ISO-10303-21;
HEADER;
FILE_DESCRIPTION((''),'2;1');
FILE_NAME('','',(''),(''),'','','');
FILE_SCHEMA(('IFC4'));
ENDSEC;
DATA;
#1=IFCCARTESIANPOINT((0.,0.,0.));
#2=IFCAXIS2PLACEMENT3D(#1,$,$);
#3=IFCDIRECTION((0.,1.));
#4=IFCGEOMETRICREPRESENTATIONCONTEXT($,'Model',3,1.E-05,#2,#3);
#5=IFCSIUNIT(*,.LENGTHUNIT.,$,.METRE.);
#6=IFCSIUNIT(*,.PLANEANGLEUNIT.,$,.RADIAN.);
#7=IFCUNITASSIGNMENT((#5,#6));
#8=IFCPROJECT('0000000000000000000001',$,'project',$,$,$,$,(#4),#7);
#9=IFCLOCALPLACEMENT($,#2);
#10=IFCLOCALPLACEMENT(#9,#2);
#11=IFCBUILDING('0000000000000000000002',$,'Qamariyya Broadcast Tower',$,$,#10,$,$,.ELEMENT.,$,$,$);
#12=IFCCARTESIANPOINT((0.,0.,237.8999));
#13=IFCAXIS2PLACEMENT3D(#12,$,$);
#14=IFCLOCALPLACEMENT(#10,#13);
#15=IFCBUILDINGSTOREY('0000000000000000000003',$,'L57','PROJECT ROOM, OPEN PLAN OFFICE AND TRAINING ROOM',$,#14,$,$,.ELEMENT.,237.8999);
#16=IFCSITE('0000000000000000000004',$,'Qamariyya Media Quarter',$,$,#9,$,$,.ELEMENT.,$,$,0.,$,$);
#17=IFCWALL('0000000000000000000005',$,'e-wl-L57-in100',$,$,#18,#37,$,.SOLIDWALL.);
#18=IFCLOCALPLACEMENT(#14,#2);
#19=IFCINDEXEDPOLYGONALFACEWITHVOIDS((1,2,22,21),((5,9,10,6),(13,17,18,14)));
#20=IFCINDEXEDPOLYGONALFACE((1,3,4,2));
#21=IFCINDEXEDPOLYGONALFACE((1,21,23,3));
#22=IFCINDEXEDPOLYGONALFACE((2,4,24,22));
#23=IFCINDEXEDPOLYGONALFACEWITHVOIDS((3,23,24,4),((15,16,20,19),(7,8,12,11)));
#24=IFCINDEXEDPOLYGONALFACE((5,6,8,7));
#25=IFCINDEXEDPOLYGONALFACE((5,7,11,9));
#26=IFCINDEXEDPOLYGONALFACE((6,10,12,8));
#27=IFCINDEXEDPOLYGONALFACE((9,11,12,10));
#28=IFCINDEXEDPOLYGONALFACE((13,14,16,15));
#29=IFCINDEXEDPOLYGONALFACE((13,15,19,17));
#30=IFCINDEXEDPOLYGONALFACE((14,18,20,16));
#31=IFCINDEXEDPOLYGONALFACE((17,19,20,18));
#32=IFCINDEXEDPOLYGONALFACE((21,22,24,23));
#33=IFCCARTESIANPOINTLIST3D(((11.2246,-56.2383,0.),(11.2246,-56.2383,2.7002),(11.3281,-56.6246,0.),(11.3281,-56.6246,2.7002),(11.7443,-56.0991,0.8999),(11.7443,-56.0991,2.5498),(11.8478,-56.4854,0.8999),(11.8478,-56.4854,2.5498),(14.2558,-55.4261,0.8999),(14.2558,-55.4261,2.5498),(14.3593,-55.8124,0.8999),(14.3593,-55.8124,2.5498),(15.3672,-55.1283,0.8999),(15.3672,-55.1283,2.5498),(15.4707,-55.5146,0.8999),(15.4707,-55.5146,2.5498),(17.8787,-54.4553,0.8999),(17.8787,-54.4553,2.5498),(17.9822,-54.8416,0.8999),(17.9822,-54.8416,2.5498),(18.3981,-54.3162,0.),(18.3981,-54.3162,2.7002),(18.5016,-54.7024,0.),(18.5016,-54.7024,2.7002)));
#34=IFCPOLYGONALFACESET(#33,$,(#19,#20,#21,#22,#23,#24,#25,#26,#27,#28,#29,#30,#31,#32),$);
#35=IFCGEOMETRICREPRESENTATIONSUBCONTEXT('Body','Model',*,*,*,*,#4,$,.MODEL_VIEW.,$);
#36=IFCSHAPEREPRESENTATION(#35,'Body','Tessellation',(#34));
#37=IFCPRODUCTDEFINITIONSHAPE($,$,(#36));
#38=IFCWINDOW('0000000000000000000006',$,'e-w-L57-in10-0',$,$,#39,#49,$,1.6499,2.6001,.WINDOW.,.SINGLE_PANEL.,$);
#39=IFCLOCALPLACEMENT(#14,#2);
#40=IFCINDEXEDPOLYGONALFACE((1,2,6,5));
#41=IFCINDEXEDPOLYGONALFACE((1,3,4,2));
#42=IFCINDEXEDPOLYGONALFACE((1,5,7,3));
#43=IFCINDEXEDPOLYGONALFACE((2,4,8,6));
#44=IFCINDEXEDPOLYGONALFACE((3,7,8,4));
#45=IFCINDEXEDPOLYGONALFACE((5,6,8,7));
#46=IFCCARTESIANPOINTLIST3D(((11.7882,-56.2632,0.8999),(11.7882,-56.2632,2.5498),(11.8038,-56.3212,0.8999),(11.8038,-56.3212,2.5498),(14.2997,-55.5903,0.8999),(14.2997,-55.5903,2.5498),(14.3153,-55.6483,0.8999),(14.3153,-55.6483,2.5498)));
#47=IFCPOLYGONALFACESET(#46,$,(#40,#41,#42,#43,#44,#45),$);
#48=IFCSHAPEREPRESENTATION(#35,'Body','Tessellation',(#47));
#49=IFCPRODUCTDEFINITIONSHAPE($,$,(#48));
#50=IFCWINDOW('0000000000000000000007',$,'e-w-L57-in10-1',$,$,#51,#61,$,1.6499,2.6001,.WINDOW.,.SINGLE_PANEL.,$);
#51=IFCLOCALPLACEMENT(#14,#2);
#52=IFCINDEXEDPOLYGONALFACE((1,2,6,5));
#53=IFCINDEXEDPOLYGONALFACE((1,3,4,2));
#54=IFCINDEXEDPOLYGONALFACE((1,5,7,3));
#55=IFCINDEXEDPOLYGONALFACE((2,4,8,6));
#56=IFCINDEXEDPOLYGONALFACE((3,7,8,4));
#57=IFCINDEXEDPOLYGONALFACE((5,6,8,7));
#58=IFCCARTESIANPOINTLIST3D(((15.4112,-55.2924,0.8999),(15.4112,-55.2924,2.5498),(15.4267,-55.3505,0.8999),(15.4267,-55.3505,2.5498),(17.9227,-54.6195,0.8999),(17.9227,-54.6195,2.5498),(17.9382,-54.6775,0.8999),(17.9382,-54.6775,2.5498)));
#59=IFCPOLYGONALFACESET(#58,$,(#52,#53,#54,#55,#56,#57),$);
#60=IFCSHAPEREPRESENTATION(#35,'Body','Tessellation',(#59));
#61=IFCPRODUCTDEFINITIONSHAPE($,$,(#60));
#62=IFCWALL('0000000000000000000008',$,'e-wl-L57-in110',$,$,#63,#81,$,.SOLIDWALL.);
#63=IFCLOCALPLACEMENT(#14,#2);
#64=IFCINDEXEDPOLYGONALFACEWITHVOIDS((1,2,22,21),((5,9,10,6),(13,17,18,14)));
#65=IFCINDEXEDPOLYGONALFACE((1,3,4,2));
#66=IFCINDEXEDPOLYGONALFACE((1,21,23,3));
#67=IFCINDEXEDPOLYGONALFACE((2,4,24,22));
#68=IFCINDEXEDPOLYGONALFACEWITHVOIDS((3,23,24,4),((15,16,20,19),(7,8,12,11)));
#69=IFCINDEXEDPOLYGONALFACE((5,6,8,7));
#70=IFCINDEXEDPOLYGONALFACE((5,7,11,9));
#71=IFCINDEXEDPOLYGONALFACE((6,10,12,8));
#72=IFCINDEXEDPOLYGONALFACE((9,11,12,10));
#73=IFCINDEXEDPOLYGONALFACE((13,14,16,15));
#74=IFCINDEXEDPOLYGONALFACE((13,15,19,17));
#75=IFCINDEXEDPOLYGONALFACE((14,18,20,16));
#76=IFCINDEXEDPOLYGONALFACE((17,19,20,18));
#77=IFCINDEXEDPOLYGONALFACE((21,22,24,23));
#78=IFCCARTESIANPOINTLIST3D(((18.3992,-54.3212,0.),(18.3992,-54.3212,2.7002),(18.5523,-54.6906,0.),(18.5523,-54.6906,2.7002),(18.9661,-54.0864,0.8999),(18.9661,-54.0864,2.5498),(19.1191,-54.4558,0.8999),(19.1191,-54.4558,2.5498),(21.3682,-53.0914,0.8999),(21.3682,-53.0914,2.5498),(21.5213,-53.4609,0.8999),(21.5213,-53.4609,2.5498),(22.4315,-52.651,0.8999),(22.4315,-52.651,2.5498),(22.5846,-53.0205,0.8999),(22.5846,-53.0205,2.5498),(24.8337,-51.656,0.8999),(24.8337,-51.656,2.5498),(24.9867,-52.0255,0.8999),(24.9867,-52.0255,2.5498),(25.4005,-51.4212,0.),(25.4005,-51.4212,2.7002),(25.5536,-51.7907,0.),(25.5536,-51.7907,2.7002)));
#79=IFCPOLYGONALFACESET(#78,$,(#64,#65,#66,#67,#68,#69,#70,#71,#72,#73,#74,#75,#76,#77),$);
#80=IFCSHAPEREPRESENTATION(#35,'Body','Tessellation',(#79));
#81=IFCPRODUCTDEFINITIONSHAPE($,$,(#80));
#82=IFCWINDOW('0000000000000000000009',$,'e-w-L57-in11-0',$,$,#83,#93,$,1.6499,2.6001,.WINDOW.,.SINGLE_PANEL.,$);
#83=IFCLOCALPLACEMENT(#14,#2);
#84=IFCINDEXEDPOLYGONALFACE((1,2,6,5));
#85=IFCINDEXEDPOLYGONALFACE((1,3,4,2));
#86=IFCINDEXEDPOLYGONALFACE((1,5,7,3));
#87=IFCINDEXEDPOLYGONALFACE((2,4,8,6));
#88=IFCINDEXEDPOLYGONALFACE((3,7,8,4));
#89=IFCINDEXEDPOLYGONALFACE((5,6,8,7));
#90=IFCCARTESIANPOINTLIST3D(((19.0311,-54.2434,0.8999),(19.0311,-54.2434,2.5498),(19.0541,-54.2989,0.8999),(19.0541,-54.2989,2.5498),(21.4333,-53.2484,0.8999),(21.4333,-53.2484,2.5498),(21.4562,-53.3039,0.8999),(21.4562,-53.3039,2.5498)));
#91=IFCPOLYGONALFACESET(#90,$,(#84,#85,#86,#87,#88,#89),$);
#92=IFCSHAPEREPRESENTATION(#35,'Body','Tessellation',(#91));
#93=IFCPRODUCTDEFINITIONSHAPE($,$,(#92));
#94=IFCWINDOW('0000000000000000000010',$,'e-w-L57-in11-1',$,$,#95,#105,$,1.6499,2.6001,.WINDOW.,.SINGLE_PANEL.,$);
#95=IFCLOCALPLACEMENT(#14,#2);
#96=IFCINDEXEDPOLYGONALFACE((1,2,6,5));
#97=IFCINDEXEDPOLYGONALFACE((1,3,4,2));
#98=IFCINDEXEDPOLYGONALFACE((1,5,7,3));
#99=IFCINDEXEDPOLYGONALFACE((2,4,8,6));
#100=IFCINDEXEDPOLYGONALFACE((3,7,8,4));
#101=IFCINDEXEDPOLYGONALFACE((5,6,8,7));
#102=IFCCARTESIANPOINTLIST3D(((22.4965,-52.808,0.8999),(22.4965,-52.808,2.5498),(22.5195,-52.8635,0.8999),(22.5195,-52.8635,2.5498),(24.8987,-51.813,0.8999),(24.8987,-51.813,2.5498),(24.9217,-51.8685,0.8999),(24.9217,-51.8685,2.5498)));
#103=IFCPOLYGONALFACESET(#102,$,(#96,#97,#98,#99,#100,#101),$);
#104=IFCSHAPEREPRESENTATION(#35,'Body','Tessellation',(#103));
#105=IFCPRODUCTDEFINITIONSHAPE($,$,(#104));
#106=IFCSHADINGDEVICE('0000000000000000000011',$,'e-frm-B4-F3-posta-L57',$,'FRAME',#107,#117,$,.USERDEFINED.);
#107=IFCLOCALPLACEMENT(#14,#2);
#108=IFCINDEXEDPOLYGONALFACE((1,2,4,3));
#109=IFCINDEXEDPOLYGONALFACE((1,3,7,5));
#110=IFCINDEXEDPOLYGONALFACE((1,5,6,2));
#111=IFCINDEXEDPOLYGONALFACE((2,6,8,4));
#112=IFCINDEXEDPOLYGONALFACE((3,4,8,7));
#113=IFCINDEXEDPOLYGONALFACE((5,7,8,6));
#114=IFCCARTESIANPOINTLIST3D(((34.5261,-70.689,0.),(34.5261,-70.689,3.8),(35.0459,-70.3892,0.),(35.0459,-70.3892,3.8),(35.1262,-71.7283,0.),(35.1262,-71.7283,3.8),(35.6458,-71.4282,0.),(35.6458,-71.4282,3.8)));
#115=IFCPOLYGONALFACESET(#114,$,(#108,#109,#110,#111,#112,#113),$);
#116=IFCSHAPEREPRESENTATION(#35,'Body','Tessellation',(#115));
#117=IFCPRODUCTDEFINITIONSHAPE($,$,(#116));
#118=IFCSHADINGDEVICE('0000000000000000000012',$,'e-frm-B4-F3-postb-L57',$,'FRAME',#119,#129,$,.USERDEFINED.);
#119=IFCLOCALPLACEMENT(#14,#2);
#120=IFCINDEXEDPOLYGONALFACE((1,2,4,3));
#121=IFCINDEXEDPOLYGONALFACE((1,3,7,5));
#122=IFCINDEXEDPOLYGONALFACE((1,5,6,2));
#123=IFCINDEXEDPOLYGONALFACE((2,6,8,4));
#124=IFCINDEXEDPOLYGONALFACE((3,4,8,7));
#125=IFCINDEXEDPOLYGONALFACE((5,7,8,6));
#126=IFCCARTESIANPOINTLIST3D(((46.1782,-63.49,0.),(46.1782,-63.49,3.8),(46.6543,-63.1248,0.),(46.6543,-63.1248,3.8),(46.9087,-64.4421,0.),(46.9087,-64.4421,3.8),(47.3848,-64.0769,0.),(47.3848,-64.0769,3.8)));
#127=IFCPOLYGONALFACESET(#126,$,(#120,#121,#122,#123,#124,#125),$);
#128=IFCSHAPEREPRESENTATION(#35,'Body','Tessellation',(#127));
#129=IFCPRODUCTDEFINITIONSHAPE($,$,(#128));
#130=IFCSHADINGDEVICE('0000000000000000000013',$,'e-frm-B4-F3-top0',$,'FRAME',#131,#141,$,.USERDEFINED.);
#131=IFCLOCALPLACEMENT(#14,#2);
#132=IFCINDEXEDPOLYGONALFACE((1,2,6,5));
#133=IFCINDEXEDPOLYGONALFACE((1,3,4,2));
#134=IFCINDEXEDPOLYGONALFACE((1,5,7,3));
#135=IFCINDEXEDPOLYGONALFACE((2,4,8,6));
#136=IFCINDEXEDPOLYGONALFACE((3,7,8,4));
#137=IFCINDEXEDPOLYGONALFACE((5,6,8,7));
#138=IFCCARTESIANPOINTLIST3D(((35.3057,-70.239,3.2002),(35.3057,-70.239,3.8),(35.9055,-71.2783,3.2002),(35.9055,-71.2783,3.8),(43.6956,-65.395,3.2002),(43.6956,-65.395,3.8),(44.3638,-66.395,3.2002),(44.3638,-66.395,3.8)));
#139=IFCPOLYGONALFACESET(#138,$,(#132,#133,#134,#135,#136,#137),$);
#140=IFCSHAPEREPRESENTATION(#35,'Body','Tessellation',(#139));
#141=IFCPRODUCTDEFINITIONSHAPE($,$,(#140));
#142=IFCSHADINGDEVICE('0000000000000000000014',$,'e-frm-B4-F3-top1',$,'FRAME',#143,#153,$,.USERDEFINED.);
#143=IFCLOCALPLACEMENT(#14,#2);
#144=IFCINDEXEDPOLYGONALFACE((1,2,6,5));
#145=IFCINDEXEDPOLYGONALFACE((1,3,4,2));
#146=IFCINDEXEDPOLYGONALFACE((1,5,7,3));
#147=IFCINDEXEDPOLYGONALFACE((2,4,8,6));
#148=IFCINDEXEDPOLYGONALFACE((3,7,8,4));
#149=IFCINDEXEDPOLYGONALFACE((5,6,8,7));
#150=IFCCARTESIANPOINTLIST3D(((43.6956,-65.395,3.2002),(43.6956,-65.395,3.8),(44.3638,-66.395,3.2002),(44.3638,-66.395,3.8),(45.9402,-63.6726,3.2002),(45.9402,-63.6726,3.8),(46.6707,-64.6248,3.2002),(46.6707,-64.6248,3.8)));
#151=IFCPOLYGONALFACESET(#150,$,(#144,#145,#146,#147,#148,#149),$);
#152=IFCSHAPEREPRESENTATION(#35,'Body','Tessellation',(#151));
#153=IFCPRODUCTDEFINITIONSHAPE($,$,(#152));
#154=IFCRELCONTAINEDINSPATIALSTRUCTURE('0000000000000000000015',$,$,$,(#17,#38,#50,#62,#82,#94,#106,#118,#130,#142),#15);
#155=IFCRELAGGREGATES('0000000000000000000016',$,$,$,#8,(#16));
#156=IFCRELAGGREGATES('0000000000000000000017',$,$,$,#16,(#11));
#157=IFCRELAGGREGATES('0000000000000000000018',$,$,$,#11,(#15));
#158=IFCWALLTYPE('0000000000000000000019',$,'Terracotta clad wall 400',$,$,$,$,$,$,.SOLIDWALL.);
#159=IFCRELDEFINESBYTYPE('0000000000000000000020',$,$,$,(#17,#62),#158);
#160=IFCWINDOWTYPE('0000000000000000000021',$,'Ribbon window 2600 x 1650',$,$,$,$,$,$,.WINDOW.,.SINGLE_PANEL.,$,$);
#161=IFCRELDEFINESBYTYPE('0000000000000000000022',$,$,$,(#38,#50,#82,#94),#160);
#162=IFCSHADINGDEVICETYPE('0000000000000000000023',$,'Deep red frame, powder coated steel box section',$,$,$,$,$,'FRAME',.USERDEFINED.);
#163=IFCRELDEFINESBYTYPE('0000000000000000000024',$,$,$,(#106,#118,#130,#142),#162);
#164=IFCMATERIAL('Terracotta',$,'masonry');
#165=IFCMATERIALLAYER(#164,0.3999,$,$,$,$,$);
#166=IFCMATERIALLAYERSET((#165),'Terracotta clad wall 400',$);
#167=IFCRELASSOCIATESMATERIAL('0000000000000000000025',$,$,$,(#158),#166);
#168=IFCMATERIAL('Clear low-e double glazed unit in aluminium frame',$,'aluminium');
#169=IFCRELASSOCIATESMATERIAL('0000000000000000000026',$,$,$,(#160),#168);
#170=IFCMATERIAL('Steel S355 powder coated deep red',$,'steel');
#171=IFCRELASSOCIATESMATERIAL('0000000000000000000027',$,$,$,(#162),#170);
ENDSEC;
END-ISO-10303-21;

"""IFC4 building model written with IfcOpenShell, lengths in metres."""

from ifc_helpers import new_model, si_unit, direction, frame, frame_2d, origin, place, context, subcontext, project, spatial, polyline, rectangle, outline, extrude, material, layer, layer_set, type_object, element, fill, save


model = new_model("IFC4")

# Units and contexts
model_context = context("Model", 3, precision=1e-05, world=origin(), true_north=direction((0.0, 1.0)))
body_context = subcontext(model_context, "Body", "Model", "MODEL_VIEW")
ifc_project = project(units=[si_unit("LENGTHUNIT", "METRE"), si_unit("PLANEANGLEUNIT", "RADIAN")], contexts=[model_context])

# Site, building, storey
site_placement = place(None, origin())
site = spatial("IfcSite", under=ifc_project, at=site_placement, Name="Qamariyya Media Quarter", CompositionType="ELEMENT", RefElevation=0.0)
building_placement = place(site_placement, origin())
building = spatial("IfcBuilding", under=site, at=building_placement, Name="Qamariyya Broadcast Tower", CompositionType="ELEMENT")
storey_placement = place(building_placement, frame((0.0, 0.0, 237.8999)))
storey = spatial("IfcBuildingStorey", under=building, at=storey_placement, Name="L57", Description="PROJECT ROOM, OPEN PLAN OFFICE AND TRAINING ROOM", CompositionType="ELEMENT", Elevation=237.8999)

# Walls, openings, windows
ifc_material_1 = material(Name="Terracotta", Category="masonry")
ifc_layer_1 = layer(ifc_material_1, 0.3999)
ifc_layer_set_1 = layer_set([ifc_layer_1], Name="Terracotta clad wall 400")
wall_type_1 = type_object("IfcWallType", Name="Terracotta clad wall 400", PredefinedType="SOLIDWALL", material=ifc_layer_set_1)
wall_1_placement = place(storey_placement, frame((18.45, -54.5093, 0.0), z_axis=(0.0, 0.0, 1.0), x_axis=(-0.965925, -0.258823, 0.0)))
wall_1 = element("IfcWall", 1, at=wall_1_placement, inside=storey, type_object=wall_type_1, Name="e-wl-L57-in100", PredefinedType="SOLIDWALL", context=body_context, shape_type="SweptSolid", body=[
    extrude(rectangle(XDim=7.4265, YDim=0.3999, at=frame_2d((3.7134, 0.0))), origin(), (0.0, 0.0, 1.0), 2.7002),
])
opening_1_placement = place(wall_1_placement, frame((4.2886, 0.0, 0.8999)))
opening_1 = element("IfcOpeningElement", 2, at=opening_1_placement, cuts=wall_1, PredefinedType="OPENING", context=body_context, shape_type="SweptSolid", body=[
    extrude(rectangle(XDim=2.6001, YDim=1.6499, at=frame_2d((1.3, 0.825))), frame((0.0, 0.21, 0.0), z_axis=(0.0, -1.0, 0.0), x_axis=(1.0, 0.0, 0.0)), (0.0, 0.0, 1.0), 0.4199),
])
opening_2_placement = place(wall_1_placement, frame((0.5378, 0.0, 0.8999)))
opening_2 = element("IfcOpeningElement", 3, at=opening_2_placement, cuts=wall_1, PredefinedType="OPENING", context=body_context, shape_type="SweptSolid", body=[
    extrude(rectangle(XDim=2.6001, YDim=1.6499, at=frame_2d((1.3, 0.825))), frame((0.0, 0.21, 0.0), z_axis=(0.0, -1.0, 0.0), x_axis=(1.0, 0.0, 0.0)), (0.0, 0.0, 1.0), 0.4199),
])
ifc_material_2 = material(Name="Clear low-e double glazed unit in aluminium frame", Category="aluminium")
window_type = type_object("IfcWindowType", Name="Ribbon window 2600 x 1650", PartitioningType="SINGLE_PANEL", PredefinedType="WINDOW", material=ifc_material_2)
window_1_placement = place(opening_1_placement, origin())
window_1 = element("IfcWindow", 4, at=window_1_placement, inside=storey, type_object=window_type, Name="e-w-L57-in10-0", OverallHeight=1.6499, OverallWidth=2.6001, PartitioningType="SINGLE_PANEL", PredefinedType="WINDOW", context=body_context, shape_type="SweptSolid", body=[
    extrude(rectangle(XDim=2.6001, YDim=1.6499, at=frame_2d((1.3, 0.825))), frame((0.0, 0.03, 0.0), z_axis=(0.0, -1.0, 0.0), x_axis=(1.0, 0.0, 0.0)), (0.0, 0.0, 1.0), 0.0601),
])
fill(opening_1, window_1)
window_2_placement = place(opening_2_placement, origin())
window_2 = element("IfcWindow", 5, at=window_2_placement, inside=storey, type_object=window_type, Name="e-w-L57-in10-1", OverallHeight=1.6499, OverallWidth=2.6001, PartitioningType="SINGLE_PANEL", PredefinedType="WINDOW", context=body_context, shape_type="SweptSolid", body=[
    extrude(rectangle(XDim=2.6001, YDim=1.6499, at=frame_2d((1.3, 0.825))), frame((0.0, 0.03, 0.0), z_axis=(0.0, -1.0, 0.0), x_axis=(1.0, 0.0, 0.0)), (0.0, 0.0, 1.0), 0.0601),
])
fill(opening_2, window_2)
wall_2_placement = place(storey_placement, frame((25.4771, -51.606, 0.0), z_axis=(0.0, 0.0, 1.0), x_axis=(-0.923884, -0.382672, 0.0)))
wall_2 = element("IfcWall", 6, at=wall_2_placement, inside=storey, type_object=wall_type_1, Name="e-wl-L57-in110", PredefinedType="SOLIDWALL", context=body_context, shape_type="SweptSolid", body=[
    extrude(rectangle(XDim=7.5781, YDim=0.3999, at=frame_2d((3.7891, 0.0))), origin(), (0.0, 0.0, 1.0), 2.7002),
])
opening_3_placement = place(wall_2_placement, frame((4.3645, 0.0, 0.8999)))
opening_3 = element("IfcOpeningElement", 7, at=opening_3_placement, cuts=wall_2, PredefinedType="OPENING", context=body_context, shape_type="SweptSolid", body=[
    extrude(rectangle(XDim=2.6001, YDim=1.6499, at=frame_2d((1.3, 0.825))), frame((0.0, 0.21, 0.0), z_axis=(0.0, -1.0, 0.0), x_axis=(1.0, 0.0, 0.0)), (0.0, 0.0, 1.0), 0.4199),
])
opening_4_placement = place(wall_2_placement, frame((0.6135, 0.0, 0.8999)))
opening_4 = element("IfcOpeningElement", 8, at=opening_4_placement, cuts=wall_2, PredefinedType="OPENING", context=body_context, shape_type="SweptSolid", body=[
    extrude(rectangle(XDim=2.6001, YDim=1.6499, at=frame_2d((1.3, 0.825))), frame((0.0, 0.21, 0.0), z_axis=(0.0, -1.0, 0.0), x_axis=(1.0, 0.0, 0.0)), (0.0, 0.0, 1.0), 0.4199),
])
window_3_placement = place(opening_3_placement, origin())
window_3 = element("IfcWindow", 9, at=window_3_placement, inside=storey, type_object=window_type, Name="e-w-L57-in11-0", OverallHeight=1.6499, OverallWidth=2.6001, PartitioningType="SINGLE_PANEL", PredefinedType="WINDOW", context=body_context, shape_type="SweptSolid", body=[
    extrude(rectangle(XDim=2.6001, YDim=1.6499, at=frame_2d((1.3, 0.825))), frame((0.0, 0.03, 0.0), z_axis=(0.0, -1.0, 0.0), x_axis=(1.0, 0.0, 0.0)), (0.0, 0.0, 1.0), 0.0601),
])
fill(opening_3, window_3)
window_4_placement = place(opening_4_placement, origin())
window_4 = element("IfcWindow", 10, at=window_4_placement, inside=storey, type_object=window_type, Name="e-w-L57-in11-1", OverallHeight=1.6499, OverallWidth=2.6001, PartitioningType="SINGLE_PANEL", PredefinedType="WINDOW", context=body_context, shape_type="SweptSolid", body=[
    extrude(rectangle(XDim=2.6001, YDim=1.6499, at=frame_2d((1.3, 0.825))), frame((0.0, 0.03, 0.0), z_axis=(0.0, -1.0, 0.0), x_axis=(1.0, 0.0, 0.0)), (0.0, 0.0, 1.0), 0.0601),
])
fill(opening_4, window_4)

# Shading devices
ifc_material_3 = material(Name="Steel S355 powder coated deep red", Category="steel")
shading_device_type = type_object("IfcShadingDeviceType", Name="Deep red frame, powder coated steel box section", ElementType="FRAME", PredefinedType="USERDEFINED", material=ifc_material_3)
shading_device_1_placement = place(storey_placement, origin())
element("IfcShadingDevice", 11, at=shading_device_1_placement, inside=storey, type_object=shading_device_type, Name="e-frm-B4-F3-posta-L57", ObjectType="FRAME", PredefinedType="USERDEFINED", context=body_context, shape_type="SweptSolid", body=[
    extrude(outline(polyline([(34.5261, -70.689), (35.1262, -71.7283), (35.6458, -71.4282), (35.0459, -70.3892), (34.5261, -70.689)])), origin(), (0.0, 0.0, 1.0), 3.8),
])
shading_device_2_placement = place(storey_placement, origin())
element("IfcShadingDevice", 12, at=shading_device_2_placement, inside=storey, type_object=shading_device_type, Name="e-frm-B4-F3-postb-L57", ObjectType="FRAME", PredefinedType="USERDEFINED", context=body_context, shape_type="SweptSolid", body=[
    extrude(outline(polyline([(46.1782, -63.49), (46.9087, -64.4421), (47.3848, -64.0769), (46.6543, -63.1248), (46.1782, -63.49)])), origin(), (0.0, 0.0, 1.0), 3.8),
])
shading_device_3_placement = place(storey_placement, frame((0.0, 0.0, 3.2002)))
element("IfcShadingDevice", 13, at=shading_device_3_placement, inside=storey, type_object=shading_device_type, Name="e-frm-B4-F3-top0", ObjectType="FRAME", PredefinedType="USERDEFINED", context=body_context, shape_type="SweptSolid", body=[
    extrude(outline(polyline([(35.3057, -70.239), (35.9055, -71.2783), (44.3638, -66.395), (43.6956, -65.395), (35.3057, -70.239)])), origin(), (0.0, 0.0, 1.0), 0.5999),
])
shading_device_4_placement = place(storey_placement, frame((0.0, 0.0, 3.2002)))
element("IfcShadingDevice", 14, at=shading_device_4_placement, inside=storey, type_object=shading_device_type, Name="e-frm-B4-F3-top1", ObjectType="FRAME", PredefinedType="USERDEFINED", context=body_context, shape_type="SweptSolid", body=[
    extrude(outline(polyline([(43.6956, -65.395), (44.3638, -66.395), (46.6707, -64.6248), (45.9402, -63.6726), (43.6956, -65.395)])), origin(), (0.0, 0.0, 1.0), 0.5999),
])

save(model, "model.ifc")
